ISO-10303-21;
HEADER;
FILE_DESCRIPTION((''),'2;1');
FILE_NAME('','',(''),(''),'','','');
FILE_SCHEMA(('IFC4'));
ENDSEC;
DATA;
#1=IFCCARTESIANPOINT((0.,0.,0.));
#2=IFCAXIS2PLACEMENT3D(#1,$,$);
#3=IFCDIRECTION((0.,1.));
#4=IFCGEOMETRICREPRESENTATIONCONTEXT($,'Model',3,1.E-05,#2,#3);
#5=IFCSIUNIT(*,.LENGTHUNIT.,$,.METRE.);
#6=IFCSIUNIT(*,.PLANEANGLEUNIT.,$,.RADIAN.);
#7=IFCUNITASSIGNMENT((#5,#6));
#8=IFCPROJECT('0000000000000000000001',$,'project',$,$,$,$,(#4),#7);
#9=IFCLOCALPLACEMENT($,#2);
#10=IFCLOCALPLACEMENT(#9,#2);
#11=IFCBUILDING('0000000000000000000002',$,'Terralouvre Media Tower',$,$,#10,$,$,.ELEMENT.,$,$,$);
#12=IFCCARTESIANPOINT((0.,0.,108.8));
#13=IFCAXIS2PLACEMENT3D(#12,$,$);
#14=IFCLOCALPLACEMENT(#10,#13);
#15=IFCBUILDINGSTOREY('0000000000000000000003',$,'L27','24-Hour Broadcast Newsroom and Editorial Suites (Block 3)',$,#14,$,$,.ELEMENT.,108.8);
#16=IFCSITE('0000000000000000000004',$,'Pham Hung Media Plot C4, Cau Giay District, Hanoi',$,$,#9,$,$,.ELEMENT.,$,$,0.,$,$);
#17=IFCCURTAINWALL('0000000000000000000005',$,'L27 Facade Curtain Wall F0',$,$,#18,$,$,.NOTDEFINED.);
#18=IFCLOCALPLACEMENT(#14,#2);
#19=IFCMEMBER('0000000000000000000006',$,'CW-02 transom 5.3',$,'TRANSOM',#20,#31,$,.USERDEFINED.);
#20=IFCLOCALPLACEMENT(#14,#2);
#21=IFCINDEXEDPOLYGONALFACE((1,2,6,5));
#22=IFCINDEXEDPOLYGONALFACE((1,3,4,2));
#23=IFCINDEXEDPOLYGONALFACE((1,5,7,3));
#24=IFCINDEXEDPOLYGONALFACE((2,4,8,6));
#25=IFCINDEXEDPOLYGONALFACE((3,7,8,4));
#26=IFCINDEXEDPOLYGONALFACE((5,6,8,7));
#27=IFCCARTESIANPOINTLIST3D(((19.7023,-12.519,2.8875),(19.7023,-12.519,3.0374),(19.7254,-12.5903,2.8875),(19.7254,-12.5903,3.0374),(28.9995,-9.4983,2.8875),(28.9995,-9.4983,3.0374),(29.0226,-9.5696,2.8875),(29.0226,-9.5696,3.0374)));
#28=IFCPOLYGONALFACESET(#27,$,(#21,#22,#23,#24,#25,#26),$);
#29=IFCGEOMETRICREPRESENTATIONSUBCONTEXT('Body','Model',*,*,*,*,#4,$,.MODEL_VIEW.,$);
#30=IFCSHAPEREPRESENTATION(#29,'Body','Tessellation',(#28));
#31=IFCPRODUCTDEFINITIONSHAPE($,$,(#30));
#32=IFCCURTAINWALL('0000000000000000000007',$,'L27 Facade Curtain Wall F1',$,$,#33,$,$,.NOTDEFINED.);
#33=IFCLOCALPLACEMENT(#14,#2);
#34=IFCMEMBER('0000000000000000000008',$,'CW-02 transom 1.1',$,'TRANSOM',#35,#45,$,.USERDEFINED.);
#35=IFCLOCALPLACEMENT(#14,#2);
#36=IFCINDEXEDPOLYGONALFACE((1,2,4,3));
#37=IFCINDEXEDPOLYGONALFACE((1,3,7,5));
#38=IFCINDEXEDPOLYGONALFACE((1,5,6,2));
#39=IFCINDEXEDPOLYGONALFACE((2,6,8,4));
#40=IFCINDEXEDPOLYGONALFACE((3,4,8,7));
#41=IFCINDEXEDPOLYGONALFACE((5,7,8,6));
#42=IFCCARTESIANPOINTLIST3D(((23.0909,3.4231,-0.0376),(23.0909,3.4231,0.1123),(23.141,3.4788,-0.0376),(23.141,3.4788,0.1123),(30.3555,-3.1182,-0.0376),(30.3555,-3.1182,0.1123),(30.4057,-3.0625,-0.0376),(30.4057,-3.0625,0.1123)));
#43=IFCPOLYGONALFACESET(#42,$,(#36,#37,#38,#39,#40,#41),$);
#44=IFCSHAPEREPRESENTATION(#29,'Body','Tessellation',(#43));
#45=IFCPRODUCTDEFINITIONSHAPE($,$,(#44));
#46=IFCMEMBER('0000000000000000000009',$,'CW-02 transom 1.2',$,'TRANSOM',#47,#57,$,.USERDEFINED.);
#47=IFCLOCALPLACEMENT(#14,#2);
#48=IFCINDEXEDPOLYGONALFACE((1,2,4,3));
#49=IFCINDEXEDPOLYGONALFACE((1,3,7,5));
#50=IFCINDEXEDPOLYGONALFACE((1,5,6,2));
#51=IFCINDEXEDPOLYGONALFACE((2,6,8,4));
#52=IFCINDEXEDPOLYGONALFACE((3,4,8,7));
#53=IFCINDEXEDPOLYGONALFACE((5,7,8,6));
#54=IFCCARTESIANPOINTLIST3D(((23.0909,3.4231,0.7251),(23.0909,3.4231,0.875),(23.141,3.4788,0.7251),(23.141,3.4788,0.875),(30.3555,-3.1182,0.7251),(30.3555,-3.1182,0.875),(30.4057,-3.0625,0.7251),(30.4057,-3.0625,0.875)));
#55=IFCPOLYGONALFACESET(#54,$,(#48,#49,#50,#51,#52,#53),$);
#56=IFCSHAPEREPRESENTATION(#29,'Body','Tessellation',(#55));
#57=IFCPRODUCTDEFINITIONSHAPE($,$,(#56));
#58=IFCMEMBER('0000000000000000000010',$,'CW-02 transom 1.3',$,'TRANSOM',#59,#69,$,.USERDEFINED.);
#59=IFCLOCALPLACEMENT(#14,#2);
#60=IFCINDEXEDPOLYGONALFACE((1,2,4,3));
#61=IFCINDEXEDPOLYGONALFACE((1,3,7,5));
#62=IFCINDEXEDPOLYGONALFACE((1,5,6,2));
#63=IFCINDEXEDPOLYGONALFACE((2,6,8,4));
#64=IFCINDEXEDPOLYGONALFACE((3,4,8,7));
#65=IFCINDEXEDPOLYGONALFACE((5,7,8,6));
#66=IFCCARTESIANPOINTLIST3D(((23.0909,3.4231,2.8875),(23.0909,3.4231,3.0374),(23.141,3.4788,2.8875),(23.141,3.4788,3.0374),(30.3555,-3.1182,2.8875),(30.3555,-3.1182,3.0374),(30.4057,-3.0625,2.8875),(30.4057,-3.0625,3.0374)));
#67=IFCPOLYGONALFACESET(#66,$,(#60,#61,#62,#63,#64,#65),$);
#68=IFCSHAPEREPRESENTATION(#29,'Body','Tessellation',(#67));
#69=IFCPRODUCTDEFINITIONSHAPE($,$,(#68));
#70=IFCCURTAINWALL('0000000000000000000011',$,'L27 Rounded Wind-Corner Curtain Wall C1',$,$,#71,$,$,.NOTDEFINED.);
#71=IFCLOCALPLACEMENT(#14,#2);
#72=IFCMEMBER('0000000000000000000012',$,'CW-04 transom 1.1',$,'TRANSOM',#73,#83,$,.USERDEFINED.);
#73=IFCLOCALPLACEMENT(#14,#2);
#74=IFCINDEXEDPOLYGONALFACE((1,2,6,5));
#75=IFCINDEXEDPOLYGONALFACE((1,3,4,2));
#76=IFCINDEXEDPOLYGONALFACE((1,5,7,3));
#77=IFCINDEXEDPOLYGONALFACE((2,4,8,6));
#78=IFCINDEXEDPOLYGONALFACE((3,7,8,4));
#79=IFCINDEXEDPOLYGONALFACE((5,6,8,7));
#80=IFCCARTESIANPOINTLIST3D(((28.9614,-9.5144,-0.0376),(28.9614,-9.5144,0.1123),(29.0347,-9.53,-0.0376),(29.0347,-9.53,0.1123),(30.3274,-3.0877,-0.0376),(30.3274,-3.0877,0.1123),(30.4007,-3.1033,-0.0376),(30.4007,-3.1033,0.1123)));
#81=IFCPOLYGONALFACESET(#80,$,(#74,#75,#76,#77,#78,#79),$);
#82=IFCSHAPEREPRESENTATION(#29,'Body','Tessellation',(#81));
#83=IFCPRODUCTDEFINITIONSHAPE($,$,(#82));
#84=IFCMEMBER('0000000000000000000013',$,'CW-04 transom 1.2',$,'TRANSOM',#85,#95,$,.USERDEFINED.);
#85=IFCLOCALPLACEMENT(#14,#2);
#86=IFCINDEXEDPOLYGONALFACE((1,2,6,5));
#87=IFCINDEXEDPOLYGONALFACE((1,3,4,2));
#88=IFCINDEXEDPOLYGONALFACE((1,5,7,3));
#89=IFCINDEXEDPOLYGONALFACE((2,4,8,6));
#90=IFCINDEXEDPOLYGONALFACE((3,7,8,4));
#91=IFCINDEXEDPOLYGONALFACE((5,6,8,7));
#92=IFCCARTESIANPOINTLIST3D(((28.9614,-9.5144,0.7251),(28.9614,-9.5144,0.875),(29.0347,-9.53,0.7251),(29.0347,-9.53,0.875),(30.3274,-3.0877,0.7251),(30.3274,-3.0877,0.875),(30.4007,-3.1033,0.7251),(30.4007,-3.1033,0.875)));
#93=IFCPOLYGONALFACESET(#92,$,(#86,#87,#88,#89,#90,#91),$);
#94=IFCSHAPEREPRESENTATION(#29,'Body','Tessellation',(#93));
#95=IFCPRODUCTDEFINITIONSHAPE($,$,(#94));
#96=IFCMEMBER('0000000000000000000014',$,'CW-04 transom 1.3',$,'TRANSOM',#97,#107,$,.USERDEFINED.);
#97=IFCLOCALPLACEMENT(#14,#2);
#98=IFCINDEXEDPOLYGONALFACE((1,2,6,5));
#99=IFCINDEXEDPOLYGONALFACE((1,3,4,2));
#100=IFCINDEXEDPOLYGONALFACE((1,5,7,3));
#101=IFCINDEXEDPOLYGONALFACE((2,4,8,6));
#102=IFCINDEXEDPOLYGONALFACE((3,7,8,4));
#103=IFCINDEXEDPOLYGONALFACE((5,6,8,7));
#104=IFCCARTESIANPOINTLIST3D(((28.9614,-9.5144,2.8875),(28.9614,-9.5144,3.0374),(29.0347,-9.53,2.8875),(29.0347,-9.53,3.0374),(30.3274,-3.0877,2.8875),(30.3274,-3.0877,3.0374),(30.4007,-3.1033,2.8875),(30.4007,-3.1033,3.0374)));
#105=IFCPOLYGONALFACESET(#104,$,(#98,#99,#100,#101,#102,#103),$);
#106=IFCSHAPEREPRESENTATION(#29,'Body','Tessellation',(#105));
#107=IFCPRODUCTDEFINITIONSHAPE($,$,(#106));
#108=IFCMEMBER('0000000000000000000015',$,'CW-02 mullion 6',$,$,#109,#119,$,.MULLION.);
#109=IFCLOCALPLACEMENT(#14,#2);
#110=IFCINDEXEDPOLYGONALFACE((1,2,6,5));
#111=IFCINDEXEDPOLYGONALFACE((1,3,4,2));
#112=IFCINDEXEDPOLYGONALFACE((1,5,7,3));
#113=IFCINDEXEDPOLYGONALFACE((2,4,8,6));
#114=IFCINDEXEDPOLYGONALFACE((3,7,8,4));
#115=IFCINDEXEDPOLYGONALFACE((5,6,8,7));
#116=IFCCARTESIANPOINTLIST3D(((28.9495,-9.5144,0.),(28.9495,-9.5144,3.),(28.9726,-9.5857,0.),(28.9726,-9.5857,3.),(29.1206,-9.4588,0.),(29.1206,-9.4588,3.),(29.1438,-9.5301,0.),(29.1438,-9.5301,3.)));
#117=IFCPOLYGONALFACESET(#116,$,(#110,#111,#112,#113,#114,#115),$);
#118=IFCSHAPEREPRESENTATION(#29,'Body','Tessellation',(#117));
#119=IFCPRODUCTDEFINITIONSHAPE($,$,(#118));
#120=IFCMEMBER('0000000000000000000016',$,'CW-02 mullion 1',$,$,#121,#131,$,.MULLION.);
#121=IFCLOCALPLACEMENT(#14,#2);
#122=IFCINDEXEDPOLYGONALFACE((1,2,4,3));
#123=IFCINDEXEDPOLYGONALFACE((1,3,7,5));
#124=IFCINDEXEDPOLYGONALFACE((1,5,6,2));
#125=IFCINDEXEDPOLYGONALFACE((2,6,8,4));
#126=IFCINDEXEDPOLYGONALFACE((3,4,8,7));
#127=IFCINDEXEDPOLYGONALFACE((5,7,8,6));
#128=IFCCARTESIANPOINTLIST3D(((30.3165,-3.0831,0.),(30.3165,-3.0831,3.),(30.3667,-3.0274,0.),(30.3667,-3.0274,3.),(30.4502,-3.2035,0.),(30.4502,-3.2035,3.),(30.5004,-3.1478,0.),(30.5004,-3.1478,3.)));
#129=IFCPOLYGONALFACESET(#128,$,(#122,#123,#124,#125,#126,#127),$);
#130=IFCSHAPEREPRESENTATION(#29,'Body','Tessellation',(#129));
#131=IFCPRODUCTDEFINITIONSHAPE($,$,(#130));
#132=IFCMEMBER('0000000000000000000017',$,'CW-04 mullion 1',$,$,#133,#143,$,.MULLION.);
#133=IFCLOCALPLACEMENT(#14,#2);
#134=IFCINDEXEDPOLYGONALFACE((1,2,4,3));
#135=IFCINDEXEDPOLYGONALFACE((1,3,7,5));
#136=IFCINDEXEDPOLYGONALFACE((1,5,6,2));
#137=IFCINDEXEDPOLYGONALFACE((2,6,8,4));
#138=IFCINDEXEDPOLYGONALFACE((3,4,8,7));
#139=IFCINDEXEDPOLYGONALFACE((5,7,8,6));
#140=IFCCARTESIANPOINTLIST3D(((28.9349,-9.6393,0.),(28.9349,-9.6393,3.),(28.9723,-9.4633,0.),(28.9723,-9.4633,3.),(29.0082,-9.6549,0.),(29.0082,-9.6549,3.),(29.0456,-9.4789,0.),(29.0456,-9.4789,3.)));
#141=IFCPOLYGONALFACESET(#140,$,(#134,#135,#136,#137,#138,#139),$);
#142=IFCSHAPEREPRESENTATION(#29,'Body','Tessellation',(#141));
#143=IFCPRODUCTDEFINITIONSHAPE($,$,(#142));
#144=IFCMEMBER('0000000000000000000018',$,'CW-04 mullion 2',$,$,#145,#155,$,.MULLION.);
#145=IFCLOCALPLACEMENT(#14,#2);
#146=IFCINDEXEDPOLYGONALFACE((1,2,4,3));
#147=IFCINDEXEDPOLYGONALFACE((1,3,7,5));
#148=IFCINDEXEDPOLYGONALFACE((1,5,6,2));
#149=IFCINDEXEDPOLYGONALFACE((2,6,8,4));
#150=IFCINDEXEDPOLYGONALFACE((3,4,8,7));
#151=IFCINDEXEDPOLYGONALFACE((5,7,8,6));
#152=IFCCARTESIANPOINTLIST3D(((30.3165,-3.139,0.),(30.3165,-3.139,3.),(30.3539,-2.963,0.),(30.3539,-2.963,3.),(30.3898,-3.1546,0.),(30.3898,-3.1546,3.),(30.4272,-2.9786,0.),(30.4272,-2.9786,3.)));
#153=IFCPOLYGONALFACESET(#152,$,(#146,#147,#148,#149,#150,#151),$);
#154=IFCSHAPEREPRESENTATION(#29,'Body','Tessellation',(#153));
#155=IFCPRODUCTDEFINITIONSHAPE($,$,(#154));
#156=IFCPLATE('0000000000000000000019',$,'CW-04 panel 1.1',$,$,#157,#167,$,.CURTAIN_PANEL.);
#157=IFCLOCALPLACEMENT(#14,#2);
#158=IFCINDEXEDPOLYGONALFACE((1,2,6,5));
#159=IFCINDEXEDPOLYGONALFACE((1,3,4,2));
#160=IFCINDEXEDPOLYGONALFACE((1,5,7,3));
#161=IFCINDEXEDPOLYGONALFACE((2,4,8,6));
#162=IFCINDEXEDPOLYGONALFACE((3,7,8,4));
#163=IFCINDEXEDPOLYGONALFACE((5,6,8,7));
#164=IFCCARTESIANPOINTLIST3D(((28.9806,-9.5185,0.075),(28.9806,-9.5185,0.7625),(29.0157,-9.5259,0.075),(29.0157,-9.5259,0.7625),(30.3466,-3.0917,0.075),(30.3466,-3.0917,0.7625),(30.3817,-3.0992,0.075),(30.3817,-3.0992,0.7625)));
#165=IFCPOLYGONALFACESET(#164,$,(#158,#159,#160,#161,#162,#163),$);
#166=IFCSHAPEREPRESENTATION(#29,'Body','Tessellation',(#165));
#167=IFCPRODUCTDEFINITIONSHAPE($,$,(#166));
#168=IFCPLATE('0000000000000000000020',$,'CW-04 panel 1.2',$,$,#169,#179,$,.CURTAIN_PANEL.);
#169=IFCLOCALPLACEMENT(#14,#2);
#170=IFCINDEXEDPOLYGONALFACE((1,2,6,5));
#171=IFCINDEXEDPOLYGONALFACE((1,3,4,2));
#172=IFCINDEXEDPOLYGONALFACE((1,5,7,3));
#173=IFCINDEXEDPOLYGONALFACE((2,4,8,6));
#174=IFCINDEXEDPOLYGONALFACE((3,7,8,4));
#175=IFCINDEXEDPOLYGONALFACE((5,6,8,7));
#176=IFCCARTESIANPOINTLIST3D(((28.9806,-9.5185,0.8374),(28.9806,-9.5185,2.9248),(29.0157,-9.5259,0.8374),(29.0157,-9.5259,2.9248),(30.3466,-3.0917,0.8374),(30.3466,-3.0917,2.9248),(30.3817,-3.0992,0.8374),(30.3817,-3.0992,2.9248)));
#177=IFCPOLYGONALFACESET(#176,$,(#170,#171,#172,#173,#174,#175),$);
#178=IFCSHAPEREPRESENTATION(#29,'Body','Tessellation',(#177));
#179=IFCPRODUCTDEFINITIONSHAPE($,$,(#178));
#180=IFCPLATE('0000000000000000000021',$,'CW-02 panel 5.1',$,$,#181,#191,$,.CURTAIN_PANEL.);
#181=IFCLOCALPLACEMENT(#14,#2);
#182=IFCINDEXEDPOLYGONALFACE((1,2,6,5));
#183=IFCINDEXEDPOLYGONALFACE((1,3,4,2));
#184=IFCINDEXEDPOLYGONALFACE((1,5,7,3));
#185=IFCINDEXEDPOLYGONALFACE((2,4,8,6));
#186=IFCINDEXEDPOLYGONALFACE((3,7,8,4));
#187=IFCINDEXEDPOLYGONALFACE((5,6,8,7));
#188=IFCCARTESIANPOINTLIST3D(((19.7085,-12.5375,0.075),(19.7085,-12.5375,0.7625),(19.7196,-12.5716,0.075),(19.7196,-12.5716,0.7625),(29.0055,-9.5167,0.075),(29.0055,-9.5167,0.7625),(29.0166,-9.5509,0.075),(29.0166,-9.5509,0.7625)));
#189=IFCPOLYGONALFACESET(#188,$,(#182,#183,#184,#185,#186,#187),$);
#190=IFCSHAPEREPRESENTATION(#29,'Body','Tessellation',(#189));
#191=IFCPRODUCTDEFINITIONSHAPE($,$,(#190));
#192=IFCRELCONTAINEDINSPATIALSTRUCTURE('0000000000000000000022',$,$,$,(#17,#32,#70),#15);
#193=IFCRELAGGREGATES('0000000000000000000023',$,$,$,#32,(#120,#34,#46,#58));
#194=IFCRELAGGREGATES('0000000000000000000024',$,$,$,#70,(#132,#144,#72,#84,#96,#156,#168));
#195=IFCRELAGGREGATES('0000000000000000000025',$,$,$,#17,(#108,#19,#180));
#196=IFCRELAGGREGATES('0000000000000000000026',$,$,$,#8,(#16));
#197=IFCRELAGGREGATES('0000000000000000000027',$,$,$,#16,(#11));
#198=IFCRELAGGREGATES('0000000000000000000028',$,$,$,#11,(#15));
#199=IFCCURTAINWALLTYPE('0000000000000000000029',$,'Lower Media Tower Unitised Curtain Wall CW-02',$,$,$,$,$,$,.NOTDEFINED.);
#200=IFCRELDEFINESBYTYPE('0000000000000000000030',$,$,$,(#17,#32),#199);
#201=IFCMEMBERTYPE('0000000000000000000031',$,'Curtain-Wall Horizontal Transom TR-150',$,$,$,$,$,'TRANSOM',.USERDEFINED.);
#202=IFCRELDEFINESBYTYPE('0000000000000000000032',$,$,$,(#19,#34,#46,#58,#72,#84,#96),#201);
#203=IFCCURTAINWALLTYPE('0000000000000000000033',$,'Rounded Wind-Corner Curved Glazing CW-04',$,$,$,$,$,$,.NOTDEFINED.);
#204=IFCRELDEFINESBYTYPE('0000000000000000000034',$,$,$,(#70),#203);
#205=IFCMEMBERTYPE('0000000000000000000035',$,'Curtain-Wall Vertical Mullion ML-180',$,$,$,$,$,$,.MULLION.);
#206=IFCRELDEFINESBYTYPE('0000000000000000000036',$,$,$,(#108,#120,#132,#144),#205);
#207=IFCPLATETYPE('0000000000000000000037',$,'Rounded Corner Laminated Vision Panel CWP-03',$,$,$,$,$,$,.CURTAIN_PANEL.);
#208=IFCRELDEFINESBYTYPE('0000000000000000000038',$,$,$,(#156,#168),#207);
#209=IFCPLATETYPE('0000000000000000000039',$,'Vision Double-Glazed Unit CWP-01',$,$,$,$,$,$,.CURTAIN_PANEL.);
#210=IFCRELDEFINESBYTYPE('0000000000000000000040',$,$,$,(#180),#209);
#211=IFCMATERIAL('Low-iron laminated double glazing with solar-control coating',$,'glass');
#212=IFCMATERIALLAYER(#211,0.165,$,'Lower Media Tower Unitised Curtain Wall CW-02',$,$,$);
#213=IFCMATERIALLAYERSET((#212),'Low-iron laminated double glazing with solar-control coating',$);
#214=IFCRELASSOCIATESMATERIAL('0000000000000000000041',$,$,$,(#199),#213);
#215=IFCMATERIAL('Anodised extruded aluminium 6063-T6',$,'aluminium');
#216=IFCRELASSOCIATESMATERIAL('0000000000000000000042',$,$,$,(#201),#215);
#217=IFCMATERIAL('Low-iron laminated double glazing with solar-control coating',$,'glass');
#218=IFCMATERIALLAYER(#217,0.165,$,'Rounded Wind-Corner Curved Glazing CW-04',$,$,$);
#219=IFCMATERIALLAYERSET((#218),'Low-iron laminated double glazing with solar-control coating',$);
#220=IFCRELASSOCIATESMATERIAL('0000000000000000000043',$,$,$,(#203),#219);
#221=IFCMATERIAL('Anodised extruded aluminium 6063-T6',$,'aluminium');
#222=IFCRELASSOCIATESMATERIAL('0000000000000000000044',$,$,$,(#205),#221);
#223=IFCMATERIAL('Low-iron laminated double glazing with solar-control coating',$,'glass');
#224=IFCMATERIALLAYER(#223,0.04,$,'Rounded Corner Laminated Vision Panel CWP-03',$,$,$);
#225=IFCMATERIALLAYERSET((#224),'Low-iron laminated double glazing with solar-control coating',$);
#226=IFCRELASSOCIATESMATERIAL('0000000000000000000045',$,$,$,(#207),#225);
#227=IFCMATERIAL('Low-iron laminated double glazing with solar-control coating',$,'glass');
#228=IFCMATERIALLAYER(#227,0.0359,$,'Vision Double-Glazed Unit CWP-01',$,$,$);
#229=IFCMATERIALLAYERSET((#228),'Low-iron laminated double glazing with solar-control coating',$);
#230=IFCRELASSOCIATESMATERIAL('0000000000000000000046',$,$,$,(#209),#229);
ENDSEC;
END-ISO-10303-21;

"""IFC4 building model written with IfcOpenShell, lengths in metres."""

from ifc_helpers import new_model, si_unit, direction, frame, origin, origin_2d, place, context, subcontext, project, spatial, rectangle, extrude, material, layer, layer_set, material_profile, profile_set, type_object, element, aggregate, save


model = new_model("IFC4")

# Units and contexts
model_context = context("Model", 3, precision=1e-05, world=origin(), true_north=direction((0.0, 1.0)))
body_context = subcontext(model_context, "Body", "Model", "MODEL_VIEW")
ifc_project = project(units=[si_unit("LENGTHUNIT", "METRE"), si_unit("PLANEANGLEUNIT", "RADIAN")], contexts=[model_context])

# Site, building, storey
site_placement = place(None, origin())
site = spatial("IfcSite", under=ifc_project, at=site_placement, Name="Pham Hung Media Plot C4, Cau Giay District, Hanoi", CompositionType="ELEMENT", RefElevation=0.0)
building_placement = place(site_placement, origin())
building = spatial("IfcBuilding", under=site, at=building_placement, Name="Terralouvre Media Tower", CompositionType="ELEMENT")
storey_placement = place(building_placement, frame((0.0, 0.0, 108.8)))
storey = spatial("IfcBuildingStorey", under=building, at=storey_placement, Name="L27", Description="24-Hour Broadcast Newsroom and Editorial Suites (Block 3)", CompositionType="ELEMENT", Elevation=108.8)

# Curtain wall, member
ifc_material_1 = material(Name="Low-iron laminated double glazing with solar-control coating", Category="glass")
ifc_layer_1 = layer(ifc_material_1, 0.165, Name="Lower Media Tower Unitised Curtain Wall CW-02")
ifc_layer_set_1 = layer_set([ifc_layer_1], Name="Low-iron laminated double glazing with solar-control coating")
curtain_wall_type_1 = type_object("IfcCurtainWallType", Name="Lower Media Tower Unitised Curtain Wall CW-02", PredefinedType="NOTDEFINED", material=ifc_layer_set_1)
curtain_wall_1_placement = place(storey_placement, origin())
curtain_wall_1 = element("IfcCurtainWall", 1, at=curtain_wall_1_placement, inside=storey, type_object=curtain_wall_type_1, Name="L27 Facade Curtain Wall F0", PredefinedType="NOTDEFINED")
ifc_material_2 = material(Name="Anodised extruded aluminium 6063-T6", Category="aluminium")
ifc_material_profile_1 = material_profile(ifc_material_2, rectangle(XDim=0.075, YDim=0.1499, at=origin_2d()), Name="ALU 75x150")
ifc_profile_set_1 = profile_set([ifc_material_profile_1], Name="Anodised extruded aluminium 6063-T6")
member_type_1 = type_object("IfcMemberType", Name="Curtain-Wall Horizontal Transom TR-150", ElementType="TRANSOM", PredefinedType="USERDEFINED", material=ifc_profile_set_1)
member_1_placement = place(storey_placement, frame((19.7139, -12.5547, 2.9624), z_axis=(0.951058, 0.309011, 0.0), x_axis=(-0.309011, 0.951058, 0.0)))
member_1 = element("IfcMember", 2, at=member_1_placement, type_object=member_type_1, Name="CW-02 transom 5.3", ObjectType="TRANSOM", PredefinedType="USERDEFINED", context=body_context, shape_type="SweptSolid", body=[
    extrude(rectangle(XDim=0.075, YDim=0.1499, at=origin_2d()), origin(), (0.0, 0.0, 1.0), 9.7756),
])

# Curtain walls, members
curtain_wall_2_placement = place(storey_placement, origin())
curtain_wall_2 = element("IfcCurtainWall", 3, at=curtain_wall_2_placement, inside=storey, type_object=curtain_wall_type_1, Name="L27 Facade Curtain Wall F1", PredefinedType="NOTDEFINED")
member_2_placement = place(storey_placement, frame((30.3806, -3.0903, 0.0374), z_axis=(-0.743138, 0.669139, 0.0), x_axis=(-0.669139, -0.743138, 0.0)))
member_2 = element("IfcMember", 4, at=member_2_placement, type_object=member_type_1, Name="CW-02 transom 1.1", ObjectType="TRANSOM", PredefinedType="USERDEFINED", context=body_context, shape_type="SweptSolid", body=[
    extrude(rectangle(XDim=0.075, YDim=0.1499, at=origin_2d()), origin(), (0.0, 0.0, 1.0), 9.7756),
])
member_3_placement = place(storey_placement, frame((30.3806, -3.0903, 0.8), z_axis=(-0.743138, 0.669139, 0.0), x_axis=(-0.669139, -0.743138, 0.0)))
member_3 = element("IfcMember", 5, at=member_3_placement, type_object=member_type_1, Name="CW-02 transom 1.2", ObjectType="TRANSOM", PredefinedType="USERDEFINED", context=body_context, shape_type="SweptSolid", body=[
    extrude(rectangle(XDim=0.075, YDim=0.1499, at=origin_2d()), origin(), (0.0, 0.0, 1.0), 9.7756),
])
member_4_placement = place(storey_placement, frame((30.3806, -3.0903, 2.9624), z_axis=(-0.743138, 0.669139, 0.0), x_axis=(-0.669139, -0.743138, 0.0)))
member_4 = element("IfcMember", 6, at=member_4_placement, type_object=member_type_1, Name="CW-02 transom 1.3", ObjectType="TRANSOM", PredefinedType="USERDEFINED", context=body_context, shape_type="SweptSolid", body=[
    extrude(rectangle(XDim=0.075, YDim=0.1499, at=origin_2d()), origin(), (0.0, 0.0, 1.0), 9.7756),
])
ifc_material_3 = material(Name="Low-iron laminated double glazing with solar-control coating", Category="glass")
ifc_layer_2 = layer(ifc_material_3, 0.165, Name="Rounded Wind-Corner Curved Glazing CW-04")
ifc_layer_set_2 = layer_set([ifc_layer_2], Name="Low-iron laminated double glazing with solar-control coating")
curtain_wall_type_2 = type_object("IfcCurtainWallType", Name="Rounded Wind-Corner Curved Glazing CW-04", PredefinedType="NOTDEFINED", material=ifc_layer_set_2)
curtain_wall_3_placement = place(storey_placement, origin())
curtain_wall_3 = element("IfcCurtainWall", 7, at=curtain_wall_3_placement, inside=storey, type_object=curtain_wall_type_2, Name="L27 Rounded Wind-Corner Curtain Wall C1", PredefinedType="NOTDEFINED")
member_5_placement = place(storey_placement, frame((28.998, -9.5222, 0.0374), z_axis=(0.2079, 0.97815, 0.0), x_axis=(-0.97815, 0.2079, 0.0)))
member_5 = element("IfcMember", 8, at=member_5_placement, type_object=member_type_1, Name="CW-04 transom 1.1", ObjectType="TRANSOM", PredefinedType="USERDEFINED", context=body_context, shape_type="SweptSolid", body=[
    extrude(rectangle(XDim=0.075, YDim=0.1499, at=origin_2d()), origin(), (0.0, 0.0, 1.0), 6.5703),
])
member_6_placement = place(storey_placement, frame((28.998, -9.5222, 0.8), z_axis=(0.2079, 0.97815, 0.0), x_axis=(-0.97815, 0.2079, 0.0)))
member_6 = element("IfcMember", 9, at=member_6_placement, type_object=member_type_1, Name="CW-04 transom 1.2", ObjectType="TRANSOM", PredefinedType="USERDEFINED", context=body_context, shape_type="SweptSolid", body=[
    extrude(rectangle(XDim=0.075, YDim=0.1499, at=origin_2d()), origin(), (0.0, 0.0, 1.0), 6.5703),
])
member_7_placement = place(storey_placement, frame((28.998, -9.5222, 2.9624), z_axis=(0.2079, 0.97815, 0.0), x_axis=(-0.97815, 0.2079, 0.0)))
member_7 = element("IfcMember", 10, at=member_7_placement, type_object=member_type_1, Name="CW-04 transom 1.3", ObjectType="TRANSOM", PredefinedType="USERDEFINED", context=body_context, shape_type="SweptSolid", body=[
    extrude(rectangle(XDim=0.075, YDim=0.1499, at=origin_2d()), origin(), (0.0, 0.0, 1.0), 6.5703),
])

# Members
ifc_material_4 = material(Name="Anodised extruded aluminium 6063-T6", Category="aluminium")
ifc_material_profile_2 = material_profile(ifc_material_4, rectangle(XDim=0.075, YDim=0.1799, at=origin_2d()), Name="ALU 75x180")
ifc_profile_set_2 = profile_set([ifc_material_profile_2], Name="Anodised extruded aluminium 6063-T6")
member_type_2 = type_object("IfcMemberType", Name="Curtain-Wall Vertical Mullion ML-180", PredefinedType="MULLION", material=ifc_profile_set_2)
member_8_placement = place(storey_placement, frame((29.0466, -9.5222, 0.0), z_axis=(0.0, 0.0, 1.0), x_axis=(-0.309017, 0.951057, 0.0)))
member_8 = element("IfcMember", 11, at=member_8_placement, type_object=member_type_2, Name="CW-02 mullion 6", PredefinedType="MULLION", context=body_context, shape_type="SweptSolid", body=[
    extrude(rectangle(XDim=0.075, YDim=0.1799, at=origin_2d()), origin(), (0.0, 0.0, 1.0), 3.0),
])
member_9_placement = place(storey_placement, frame((30.4084, -3.1155, 0.0), z_axis=(0.0, 0.0, 1.0), x_axis=(-0.669131, -0.743145, 0.0)))
member_9 = element("IfcMember", 12, at=member_9_placement, type_object=member_type_2, Name="CW-02 mullion 1", PredefinedType="MULLION", context=body_context, shape_type="SweptSolid", body=[
    extrude(rectangle(XDim=0.075, YDim=0.1799, at=origin_2d()), origin(), (0.0, 0.0, 1.0), 3.0),
])
aggregate(curtain_wall_2, [member_9, member_2, member_3, member_4])
member_10_placement = place(storey_placement, frame((28.9902, -9.5591, 0.0), z_axis=(0.0, 0.0, 1.0), x_axis=(-0.978148, 0.207912, 0.0)))
member_10 = element("IfcMember", 13, at=member_10_placement, type_object=member_type_2, Name="CW-04 mullion 1", PredefinedType="MULLION", context=body_context, shape_type="SweptSolid", body=[
    extrude(rectangle(XDim=0.075, YDim=0.1799, at=origin_2d()), origin(), (0.0, 0.0, 1.0), 3.0),
])
member_11_placement = place(storey_placement, frame((30.3718, -3.0588, 0.0), z_axis=(0.0, 0.0, 1.0), x_axis=(-0.978148, 0.207912, 0.0)))
member_11 = element("IfcMember", 14, at=member_11_placement, type_object=member_type_2, Name="CW-04 mullion 2", PredefinedType="MULLION", context=body_context, shape_type="SweptSolid", body=[
    extrude(rectangle(XDim=0.075, YDim=0.1799, at=origin_2d()), origin(), (0.0, 0.0, 1.0), 3.0),
])

# Plates
ifc_material_5 = material(Name="Low-iron laminated double glazing with solar-control coating", Category="glass")
ifc_layer_3 = layer(ifc_material_5, 0.04, Name="Rounded Corner Laminated Vision Panel CWP-03")
ifc_layer_set_3 = layer_set([ifc_layer_3], Name="Low-iron laminated double glazing with solar-control coating")
plate_type_1 = type_object("IfcPlateType", Name="Rounded Corner Laminated Vision Panel CWP-03", PredefinedType="CURTAIN_PANEL", material=ifc_layer_set_3)
plate_1_placement = place(storey_placement, frame((29.6812, -6.3088, 0.075), z_axis=(0.0, 0.0, 1.0), x_axis=(0.207912, 0.978148, 0.0)))
plate_1 = element("IfcPlate", 15, at=plate_1_placement, type_object=plate_type_1, Name="CW-04 panel 1.1", PredefinedType="CURTAIN_PANEL", context=body_context, shape_type="SweptSolid", body=[
    extrude(rectangle(XDim=6.5703, YDim=0.0359, at=origin_2d()), origin(), (0.0, 0.0, 1.0), 0.6875),
])
plate_2_placement = place(storey_placement, frame((29.6812, -6.3088, 0.8374), z_axis=(0.0, 0.0, 1.0), x_axis=(0.207912, 0.978148, 0.0)))
plate_2 = element("IfcPlate", 16, at=plate_2_placement, type_object=plate_type_1, Name="CW-04 panel 1.2", PredefinedType="CURTAIN_PANEL", context=body_context, shape_type="SweptSolid", body=[
    extrude(rectangle(XDim=6.5703, YDim=0.0359, at=origin_2d()), origin(), (0.0, 0.0, 1.0), 2.0874),
])
aggregate(curtain_wall_3, [member_10, member_11, member_5, member_6, member_7, plate_1, plate_2])
ifc_material_6 = material(Name="Low-iron laminated double glazing with solar-control coating", Category="glass")
ifc_layer_4 = layer(ifc_material_6, 0.0359, Name="Vision Double-Glazed Unit CWP-01")
ifc_layer_set_4 = layer_set([ifc_layer_4], Name="Low-iron laminated double glazing with solar-control coating")
plate_type_2 = type_object("IfcPlateType", Name="Vision Double-Glazed Unit CWP-01", PredefinedType="CURTAIN_PANEL", material=ifc_layer_set_4)
plate_3_placement = place(storey_placement, frame((24.3625, -11.0442, 0.075), z_axis=(0.0, 0.0, 1.0), x_axis=(0.951057, 0.309017, 0.0)))
plate_3 = element("IfcPlate", 17, at=plate_3_placement, type_object=plate_type_2, Name="CW-02 panel 5.1", PredefinedType="CURTAIN_PANEL", context=body_context, shape_type="SweptSolid", body=[
    extrude(rectangle(XDim=9.7754, YDim=0.0359, at=origin_2d()), origin(), (0.0, 0.0, 1.0), 0.6875),
])
aggregate(curtain_wall_1, [member_8, member_1, plate_3])

save(model, "model.ifc")
